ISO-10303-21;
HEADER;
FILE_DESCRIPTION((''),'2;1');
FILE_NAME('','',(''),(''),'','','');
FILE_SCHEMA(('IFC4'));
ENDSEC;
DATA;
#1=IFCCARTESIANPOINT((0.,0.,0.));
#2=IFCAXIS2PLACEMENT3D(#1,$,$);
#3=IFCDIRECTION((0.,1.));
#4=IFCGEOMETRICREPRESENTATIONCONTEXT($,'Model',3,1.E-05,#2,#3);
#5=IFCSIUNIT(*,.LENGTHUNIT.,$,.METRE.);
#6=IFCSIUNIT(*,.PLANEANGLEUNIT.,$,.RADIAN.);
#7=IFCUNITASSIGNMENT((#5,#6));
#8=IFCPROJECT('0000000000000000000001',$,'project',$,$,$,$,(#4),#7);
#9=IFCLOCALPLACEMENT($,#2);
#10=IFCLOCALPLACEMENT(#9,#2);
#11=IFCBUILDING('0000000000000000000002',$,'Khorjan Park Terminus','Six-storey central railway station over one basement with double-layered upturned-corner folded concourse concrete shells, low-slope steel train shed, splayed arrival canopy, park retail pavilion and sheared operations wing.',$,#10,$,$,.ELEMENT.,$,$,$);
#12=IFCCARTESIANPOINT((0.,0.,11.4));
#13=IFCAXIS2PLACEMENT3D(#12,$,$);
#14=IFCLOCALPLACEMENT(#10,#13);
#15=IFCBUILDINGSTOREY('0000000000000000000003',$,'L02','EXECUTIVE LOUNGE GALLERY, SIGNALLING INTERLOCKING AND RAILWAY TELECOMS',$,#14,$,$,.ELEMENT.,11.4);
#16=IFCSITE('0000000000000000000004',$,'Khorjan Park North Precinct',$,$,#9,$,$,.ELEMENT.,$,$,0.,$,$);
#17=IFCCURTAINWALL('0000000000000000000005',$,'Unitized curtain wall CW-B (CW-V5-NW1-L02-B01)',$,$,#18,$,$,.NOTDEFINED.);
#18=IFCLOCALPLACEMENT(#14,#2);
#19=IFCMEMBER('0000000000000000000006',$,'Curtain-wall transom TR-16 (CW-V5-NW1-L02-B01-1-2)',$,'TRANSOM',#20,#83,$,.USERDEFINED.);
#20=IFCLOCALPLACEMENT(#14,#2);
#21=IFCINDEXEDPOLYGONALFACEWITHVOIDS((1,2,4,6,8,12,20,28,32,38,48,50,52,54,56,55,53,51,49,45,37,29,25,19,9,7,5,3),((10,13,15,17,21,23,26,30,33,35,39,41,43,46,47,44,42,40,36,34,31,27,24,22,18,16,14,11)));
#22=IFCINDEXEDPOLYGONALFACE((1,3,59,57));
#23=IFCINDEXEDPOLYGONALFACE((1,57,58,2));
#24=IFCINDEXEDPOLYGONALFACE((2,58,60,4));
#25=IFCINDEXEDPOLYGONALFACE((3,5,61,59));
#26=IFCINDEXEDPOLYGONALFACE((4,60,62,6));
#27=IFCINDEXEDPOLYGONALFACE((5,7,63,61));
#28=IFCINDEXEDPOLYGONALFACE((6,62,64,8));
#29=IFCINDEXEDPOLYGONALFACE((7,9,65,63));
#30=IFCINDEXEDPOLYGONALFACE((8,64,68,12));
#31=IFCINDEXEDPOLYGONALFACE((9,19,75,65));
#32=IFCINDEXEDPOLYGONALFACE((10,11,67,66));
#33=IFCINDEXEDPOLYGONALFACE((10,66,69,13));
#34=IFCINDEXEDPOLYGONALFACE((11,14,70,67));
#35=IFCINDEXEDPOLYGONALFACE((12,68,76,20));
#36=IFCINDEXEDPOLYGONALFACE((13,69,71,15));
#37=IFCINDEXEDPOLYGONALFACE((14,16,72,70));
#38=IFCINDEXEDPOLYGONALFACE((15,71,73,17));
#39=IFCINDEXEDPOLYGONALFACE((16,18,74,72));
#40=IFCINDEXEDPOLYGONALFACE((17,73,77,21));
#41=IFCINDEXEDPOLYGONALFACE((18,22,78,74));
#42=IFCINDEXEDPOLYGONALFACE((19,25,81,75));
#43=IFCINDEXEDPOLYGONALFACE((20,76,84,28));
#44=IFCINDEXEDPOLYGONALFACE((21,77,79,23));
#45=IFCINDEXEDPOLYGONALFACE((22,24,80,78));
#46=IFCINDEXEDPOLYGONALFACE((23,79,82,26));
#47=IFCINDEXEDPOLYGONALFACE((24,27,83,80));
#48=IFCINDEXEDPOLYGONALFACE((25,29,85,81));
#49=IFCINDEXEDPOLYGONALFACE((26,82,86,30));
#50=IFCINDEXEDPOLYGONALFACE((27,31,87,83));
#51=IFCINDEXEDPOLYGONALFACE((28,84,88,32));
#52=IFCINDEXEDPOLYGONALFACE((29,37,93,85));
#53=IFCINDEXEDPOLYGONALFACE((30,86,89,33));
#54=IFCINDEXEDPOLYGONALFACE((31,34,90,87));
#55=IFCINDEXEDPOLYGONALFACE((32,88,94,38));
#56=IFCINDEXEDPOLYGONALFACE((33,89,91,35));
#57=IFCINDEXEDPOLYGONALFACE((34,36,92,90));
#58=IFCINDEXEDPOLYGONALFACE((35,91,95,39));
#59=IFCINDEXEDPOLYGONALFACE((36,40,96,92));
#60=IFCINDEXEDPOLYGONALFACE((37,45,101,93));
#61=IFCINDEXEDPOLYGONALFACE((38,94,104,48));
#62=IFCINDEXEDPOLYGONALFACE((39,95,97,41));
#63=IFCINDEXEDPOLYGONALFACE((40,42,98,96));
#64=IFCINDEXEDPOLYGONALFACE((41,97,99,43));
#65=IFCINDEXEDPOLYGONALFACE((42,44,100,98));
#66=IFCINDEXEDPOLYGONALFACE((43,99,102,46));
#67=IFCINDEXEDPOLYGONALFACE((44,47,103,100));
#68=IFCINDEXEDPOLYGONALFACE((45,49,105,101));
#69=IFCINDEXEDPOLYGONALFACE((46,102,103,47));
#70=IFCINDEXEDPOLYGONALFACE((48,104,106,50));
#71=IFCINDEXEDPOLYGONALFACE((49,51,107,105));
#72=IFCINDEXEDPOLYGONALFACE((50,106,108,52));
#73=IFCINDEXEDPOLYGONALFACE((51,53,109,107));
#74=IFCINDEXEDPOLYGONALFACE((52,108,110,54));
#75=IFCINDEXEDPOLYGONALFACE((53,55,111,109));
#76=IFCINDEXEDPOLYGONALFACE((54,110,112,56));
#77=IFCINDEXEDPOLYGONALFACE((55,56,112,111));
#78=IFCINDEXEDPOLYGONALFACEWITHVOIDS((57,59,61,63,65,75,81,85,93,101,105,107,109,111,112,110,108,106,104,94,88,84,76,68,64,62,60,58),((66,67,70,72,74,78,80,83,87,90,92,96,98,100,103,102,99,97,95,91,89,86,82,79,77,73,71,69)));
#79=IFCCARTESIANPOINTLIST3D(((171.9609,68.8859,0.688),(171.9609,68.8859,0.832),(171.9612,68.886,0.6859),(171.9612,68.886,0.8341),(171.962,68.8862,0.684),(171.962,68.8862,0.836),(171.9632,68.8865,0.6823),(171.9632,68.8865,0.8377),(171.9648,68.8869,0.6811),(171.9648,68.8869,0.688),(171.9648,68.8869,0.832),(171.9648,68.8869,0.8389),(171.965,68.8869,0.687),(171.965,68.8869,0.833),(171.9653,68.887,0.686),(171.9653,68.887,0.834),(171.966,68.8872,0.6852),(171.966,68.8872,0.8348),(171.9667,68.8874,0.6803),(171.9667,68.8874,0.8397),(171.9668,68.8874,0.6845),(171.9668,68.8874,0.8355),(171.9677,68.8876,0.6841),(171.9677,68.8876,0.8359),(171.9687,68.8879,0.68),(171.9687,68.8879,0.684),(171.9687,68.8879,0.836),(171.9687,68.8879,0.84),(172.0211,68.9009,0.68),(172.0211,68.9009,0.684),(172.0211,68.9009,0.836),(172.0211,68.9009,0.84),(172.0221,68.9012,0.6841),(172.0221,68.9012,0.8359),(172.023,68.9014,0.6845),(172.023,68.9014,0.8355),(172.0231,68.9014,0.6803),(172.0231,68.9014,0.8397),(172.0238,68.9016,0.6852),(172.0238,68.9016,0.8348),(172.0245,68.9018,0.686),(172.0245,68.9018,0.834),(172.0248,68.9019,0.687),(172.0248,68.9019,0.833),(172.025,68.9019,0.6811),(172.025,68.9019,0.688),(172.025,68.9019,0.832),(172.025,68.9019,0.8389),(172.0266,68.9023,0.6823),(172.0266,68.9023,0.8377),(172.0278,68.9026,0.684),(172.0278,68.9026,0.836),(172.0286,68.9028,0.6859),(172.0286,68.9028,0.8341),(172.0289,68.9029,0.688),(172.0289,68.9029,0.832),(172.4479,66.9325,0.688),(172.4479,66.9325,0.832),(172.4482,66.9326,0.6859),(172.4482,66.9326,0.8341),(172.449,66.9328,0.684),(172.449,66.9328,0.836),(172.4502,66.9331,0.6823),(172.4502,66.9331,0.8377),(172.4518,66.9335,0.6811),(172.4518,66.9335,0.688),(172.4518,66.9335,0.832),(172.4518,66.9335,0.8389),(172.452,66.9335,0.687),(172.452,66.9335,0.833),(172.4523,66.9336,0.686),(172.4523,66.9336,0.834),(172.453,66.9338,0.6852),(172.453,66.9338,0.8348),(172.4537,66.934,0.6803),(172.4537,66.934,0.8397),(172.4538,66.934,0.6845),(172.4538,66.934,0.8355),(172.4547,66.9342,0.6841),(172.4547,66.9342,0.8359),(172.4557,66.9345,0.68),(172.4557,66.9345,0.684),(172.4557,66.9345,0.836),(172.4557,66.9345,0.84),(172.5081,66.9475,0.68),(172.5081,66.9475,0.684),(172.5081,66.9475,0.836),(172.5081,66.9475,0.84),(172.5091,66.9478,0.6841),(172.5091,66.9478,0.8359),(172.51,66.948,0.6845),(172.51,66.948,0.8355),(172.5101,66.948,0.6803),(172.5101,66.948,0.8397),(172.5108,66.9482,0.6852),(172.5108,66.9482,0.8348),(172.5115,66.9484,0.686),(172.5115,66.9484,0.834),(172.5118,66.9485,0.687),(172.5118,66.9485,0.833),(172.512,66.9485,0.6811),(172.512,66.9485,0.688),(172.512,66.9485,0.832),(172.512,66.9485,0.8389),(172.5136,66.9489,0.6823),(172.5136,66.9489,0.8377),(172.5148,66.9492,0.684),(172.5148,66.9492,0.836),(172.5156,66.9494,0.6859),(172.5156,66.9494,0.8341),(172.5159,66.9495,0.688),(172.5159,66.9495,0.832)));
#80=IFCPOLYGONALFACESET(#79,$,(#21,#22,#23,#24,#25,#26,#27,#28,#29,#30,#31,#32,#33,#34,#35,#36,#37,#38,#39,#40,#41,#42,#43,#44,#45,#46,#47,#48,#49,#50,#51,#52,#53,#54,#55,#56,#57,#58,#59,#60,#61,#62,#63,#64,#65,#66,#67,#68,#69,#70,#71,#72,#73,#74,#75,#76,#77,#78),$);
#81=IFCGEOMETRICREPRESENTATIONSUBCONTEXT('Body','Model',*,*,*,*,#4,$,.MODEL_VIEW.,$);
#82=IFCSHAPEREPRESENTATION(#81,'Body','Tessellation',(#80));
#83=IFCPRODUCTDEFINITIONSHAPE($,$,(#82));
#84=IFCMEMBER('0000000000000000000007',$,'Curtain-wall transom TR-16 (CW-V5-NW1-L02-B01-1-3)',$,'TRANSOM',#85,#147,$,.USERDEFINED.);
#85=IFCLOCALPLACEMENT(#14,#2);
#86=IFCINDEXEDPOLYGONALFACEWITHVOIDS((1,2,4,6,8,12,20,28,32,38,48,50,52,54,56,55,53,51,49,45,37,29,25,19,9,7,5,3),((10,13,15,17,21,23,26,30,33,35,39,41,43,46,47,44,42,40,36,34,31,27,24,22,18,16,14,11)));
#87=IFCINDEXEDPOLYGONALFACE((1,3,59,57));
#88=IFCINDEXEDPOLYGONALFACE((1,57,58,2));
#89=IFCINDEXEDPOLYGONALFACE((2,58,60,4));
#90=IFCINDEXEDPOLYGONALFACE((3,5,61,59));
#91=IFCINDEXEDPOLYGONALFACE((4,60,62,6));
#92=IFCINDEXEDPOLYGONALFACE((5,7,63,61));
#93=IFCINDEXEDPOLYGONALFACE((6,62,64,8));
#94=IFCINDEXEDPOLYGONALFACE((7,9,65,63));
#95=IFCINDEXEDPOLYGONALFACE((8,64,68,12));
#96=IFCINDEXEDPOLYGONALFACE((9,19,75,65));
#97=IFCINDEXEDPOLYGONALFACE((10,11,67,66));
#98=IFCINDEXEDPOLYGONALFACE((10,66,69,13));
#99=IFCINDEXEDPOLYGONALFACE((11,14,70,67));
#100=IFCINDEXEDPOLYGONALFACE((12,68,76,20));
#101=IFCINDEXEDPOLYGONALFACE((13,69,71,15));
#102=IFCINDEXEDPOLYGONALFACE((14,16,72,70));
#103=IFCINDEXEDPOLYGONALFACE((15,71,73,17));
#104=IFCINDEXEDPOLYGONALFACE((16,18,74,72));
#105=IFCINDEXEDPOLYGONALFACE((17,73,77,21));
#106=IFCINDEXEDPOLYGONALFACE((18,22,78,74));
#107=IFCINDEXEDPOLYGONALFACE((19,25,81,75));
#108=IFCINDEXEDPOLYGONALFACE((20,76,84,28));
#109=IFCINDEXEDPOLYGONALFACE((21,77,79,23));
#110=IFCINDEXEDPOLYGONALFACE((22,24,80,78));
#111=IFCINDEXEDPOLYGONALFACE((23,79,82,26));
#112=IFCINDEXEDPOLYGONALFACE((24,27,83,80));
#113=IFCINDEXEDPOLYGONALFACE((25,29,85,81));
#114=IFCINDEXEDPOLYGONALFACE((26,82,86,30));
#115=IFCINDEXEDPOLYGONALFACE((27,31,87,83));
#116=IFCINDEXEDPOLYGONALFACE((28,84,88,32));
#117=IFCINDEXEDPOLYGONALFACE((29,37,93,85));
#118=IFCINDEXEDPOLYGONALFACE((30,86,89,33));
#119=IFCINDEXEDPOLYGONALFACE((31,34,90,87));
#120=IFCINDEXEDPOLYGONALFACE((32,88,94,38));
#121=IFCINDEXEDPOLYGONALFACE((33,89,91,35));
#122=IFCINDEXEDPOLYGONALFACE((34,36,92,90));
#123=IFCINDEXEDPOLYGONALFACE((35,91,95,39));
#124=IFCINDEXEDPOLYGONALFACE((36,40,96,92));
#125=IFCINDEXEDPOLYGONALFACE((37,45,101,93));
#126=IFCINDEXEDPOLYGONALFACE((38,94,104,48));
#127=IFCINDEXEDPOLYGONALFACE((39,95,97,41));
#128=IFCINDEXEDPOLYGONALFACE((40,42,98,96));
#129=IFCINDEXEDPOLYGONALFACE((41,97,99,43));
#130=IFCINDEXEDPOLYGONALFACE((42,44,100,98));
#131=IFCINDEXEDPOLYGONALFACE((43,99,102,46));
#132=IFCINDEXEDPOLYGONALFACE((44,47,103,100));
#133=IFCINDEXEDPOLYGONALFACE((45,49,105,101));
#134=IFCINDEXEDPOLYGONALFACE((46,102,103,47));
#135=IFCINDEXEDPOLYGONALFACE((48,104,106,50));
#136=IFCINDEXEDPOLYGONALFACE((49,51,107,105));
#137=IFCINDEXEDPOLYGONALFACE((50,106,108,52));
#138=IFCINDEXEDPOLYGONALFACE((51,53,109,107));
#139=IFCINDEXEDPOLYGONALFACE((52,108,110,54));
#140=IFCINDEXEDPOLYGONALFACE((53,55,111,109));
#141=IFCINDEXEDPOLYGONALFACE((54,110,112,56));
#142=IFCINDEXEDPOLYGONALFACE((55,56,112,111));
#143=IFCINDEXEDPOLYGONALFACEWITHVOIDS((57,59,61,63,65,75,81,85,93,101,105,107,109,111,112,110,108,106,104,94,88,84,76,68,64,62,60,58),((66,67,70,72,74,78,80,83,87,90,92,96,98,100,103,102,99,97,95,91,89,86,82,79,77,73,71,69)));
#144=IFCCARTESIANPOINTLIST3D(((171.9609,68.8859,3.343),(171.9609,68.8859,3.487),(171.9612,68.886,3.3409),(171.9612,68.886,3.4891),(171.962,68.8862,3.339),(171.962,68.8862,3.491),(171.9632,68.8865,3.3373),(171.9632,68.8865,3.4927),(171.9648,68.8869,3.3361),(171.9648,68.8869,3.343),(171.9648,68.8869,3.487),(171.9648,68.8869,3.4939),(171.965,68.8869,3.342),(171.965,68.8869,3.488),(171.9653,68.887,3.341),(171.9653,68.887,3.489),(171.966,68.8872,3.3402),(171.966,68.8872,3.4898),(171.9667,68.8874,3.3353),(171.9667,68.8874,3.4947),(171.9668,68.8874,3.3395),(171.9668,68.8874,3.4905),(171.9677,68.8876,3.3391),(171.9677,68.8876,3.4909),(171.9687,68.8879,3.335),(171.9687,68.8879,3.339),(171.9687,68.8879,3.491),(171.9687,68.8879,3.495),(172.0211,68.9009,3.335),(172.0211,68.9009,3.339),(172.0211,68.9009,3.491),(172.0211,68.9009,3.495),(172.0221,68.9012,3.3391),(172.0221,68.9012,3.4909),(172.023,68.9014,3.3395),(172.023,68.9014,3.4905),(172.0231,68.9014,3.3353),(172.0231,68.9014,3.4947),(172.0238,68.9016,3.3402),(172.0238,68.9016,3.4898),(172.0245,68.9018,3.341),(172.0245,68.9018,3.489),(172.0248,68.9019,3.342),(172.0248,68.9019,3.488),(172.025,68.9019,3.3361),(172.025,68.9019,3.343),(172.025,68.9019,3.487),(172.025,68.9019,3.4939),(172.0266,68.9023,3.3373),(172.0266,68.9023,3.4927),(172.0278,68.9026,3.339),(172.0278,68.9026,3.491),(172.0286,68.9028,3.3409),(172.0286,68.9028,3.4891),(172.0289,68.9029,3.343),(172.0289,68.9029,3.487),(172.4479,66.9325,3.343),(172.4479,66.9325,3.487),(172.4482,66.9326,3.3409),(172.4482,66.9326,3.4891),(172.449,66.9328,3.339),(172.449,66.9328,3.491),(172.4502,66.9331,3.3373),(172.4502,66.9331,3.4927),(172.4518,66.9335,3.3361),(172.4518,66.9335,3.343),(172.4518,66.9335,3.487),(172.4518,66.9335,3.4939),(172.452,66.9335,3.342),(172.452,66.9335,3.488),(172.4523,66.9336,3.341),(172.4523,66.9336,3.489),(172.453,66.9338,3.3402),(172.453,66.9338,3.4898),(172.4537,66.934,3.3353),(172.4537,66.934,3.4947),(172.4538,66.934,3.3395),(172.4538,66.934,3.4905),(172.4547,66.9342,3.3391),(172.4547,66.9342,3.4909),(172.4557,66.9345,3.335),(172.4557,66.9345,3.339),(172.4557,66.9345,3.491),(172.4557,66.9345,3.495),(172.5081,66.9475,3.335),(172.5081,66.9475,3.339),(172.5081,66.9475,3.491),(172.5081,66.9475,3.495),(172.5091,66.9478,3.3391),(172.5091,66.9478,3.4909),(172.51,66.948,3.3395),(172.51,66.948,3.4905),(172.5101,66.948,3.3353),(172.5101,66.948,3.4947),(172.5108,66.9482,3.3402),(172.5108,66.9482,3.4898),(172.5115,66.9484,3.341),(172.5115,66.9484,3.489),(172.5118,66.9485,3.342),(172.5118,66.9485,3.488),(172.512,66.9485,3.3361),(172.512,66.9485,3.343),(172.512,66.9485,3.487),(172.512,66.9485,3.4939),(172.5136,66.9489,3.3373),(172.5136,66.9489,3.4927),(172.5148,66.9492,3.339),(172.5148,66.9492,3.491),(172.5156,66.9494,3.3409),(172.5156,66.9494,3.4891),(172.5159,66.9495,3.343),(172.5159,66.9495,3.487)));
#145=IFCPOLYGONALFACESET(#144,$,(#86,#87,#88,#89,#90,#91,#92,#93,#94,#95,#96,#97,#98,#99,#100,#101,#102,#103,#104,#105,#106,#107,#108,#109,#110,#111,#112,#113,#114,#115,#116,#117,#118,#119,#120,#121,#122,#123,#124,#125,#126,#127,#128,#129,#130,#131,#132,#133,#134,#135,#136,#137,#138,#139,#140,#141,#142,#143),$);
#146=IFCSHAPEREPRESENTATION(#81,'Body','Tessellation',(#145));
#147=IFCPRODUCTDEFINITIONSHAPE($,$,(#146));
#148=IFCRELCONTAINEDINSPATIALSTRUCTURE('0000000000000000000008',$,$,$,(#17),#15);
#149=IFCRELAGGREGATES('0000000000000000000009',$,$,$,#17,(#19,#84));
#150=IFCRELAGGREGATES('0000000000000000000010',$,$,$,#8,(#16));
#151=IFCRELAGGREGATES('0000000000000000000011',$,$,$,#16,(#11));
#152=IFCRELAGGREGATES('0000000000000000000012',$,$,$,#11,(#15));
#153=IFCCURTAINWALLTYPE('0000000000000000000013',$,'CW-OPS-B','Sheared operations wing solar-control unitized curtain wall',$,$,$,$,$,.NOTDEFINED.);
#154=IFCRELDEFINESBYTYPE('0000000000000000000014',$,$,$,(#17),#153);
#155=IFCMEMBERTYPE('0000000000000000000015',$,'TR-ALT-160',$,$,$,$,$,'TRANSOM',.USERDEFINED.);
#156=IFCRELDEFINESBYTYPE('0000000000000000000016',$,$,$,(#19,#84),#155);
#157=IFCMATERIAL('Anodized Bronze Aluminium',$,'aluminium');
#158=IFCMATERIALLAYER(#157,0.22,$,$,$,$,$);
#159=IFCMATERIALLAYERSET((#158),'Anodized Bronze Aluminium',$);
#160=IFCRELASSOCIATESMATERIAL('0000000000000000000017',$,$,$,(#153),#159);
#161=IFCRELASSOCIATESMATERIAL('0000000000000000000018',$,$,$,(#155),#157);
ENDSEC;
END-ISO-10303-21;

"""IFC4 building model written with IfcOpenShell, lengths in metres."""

from ifc_helpers import new_model, si_unit, direction, frame, origin, origin_2d, place, context, subcontext, project, spatial, hollow_rectangle, extrude, material, layer, layer_set, material_profile, profile_set, type_object, element, aggregate, save


model = new_model("IFC4")

# Units and contexts
model_context = context("Model", 3, precision=1e-05, world=origin(), true_north=direction((0.0, 1.0)))
body_context = subcontext(model_context, "Body", "Model", "MODEL_VIEW")
ifc_project = project(units=[si_unit("LENGTHUNIT", "METRE"), si_unit("PLANEANGLEUNIT", "RADIAN")], contexts=[model_context])

# Site, building, storey
site_placement = place(None, origin())
site = spatial("IfcSite", under=ifc_project, at=site_placement, Name="Khorjan Park North Precinct", CompositionType="ELEMENT", RefElevation=0.0)
building_placement = place(site_placement, origin())
building = spatial("IfcBuilding", under=site, at=building_placement, Name="Khorjan Park Terminus", Description="Six-storey central railway station over one basement with double-layered upturned-corner folded concourse concrete shells, low-slope steel train shed, splayed arrival canopy, park retail pavilion and sheared operations wing.", CompositionType="ELEMENT")
storey_placement = place(building_placement, frame((0.0, 0.0, 11.4)))
storey = spatial("IfcBuildingStorey", under=building, at=storey_placement, Name="L02", Description="EXECUTIVE LOUNGE GALLERY, SIGNALLING INTERLOCKING AND RAILWAY TELECOMS", CompositionType="ELEMENT", Elevation=11.4)

# Curtain wall, members
ifc_material_1 = material(Name="Anodized Bronze Aluminium", Category="aluminium")
ifc_layer_1 = layer(ifc_material_1, 0.22)
ifc_layer_set_1 = layer_set([ifc_layer_1], Name="Anodized Bronze Aluminium")
curtain_wall_type = type_object("IfcCurtainWallType", Name="CW-OPS-B", Description="Sheared operations wing solar-control unitized curtain wall", PredefinedType="NOTDEFINED", material=ifc_layer_set_1)
curtain_wall_placement = place(storey_placement, origin())
curtain_wall = element("IfcCurtainWall", 1, at=curtain_wall_placement, inside=storey, type_object=curtain_wall_type, Name="Unitized curtain wall CW-B (CW-V5-NW1-L02-B01)", PredefinedType="NOTDEFINED")
ifc_material_profile_1 = material_profile(ifc_material_1, hollow_rectangle(XDim=0.07, YDim=0.16, WallThickness=0.004, InnerFilletRadius=0.004, OuterFilletRadius=0.008, at=origin_2d()), Name="ALT 70x160x4")
ifc_profile_set_1 = profile_set([ifc_material_profile_1], Name="Anodized Bronze Aluminium")
member_type_1 = type_object("IfcMemberType", Name="TR-ALT-160", ElementType="TRANSOM", PredefinedType="USERDEFINED", material=ifc_profile_set_1)
member_1_placement = place(storey_placement, frame((171.9949, 68.8944, 0.76), z_axis=(0.241904, -0.9703, 0.0), x_axis=(0.9703, 0.241904, 0.0)))
member_1 = element("IfcMember", 2, at=member_1_placement, type_object=member_type_1, Name="Curtain-wall transom TR-16 (CW-V5-NW1-L02-B01-1-2)", ObjectType="TRANSOM", PredefinedType="USERDEFINED", context=body_context, shape_type="SweptSolid", body=[
    extrude(hollow_rectangle(XDim=0.07, YDim=0.16, WallThickness=0.004, InnerFilletRadius=0.004, OuterFilletRadius=0.008, at=origin_2d()), origin(), (0.0, 0.0, 1.0), 2.0132),
])
member_2_placement = place(storey_placement, frame((171.9949, 68.8944, 3.415), z_axis=(0.241904, -0.9703, 0.0), x_axis=(0.9703, 0.241904, 0.0)))
member_2 = element("IfcMember", 3, at=member_2_placement, type_object=member_type_1, Name="Curtain-wall transom TR-16 (CW-V5-NW1-L02-B01-1-3)", ObjectType="TRANSOM", PredefinedType="USERDEFINED", context=body_context, shape_type="SweptSolid", body=[
    extrude(hollow_rectangle(XDim=0.07, YDim=0.16, WallThickness=0.004, InnerFilletRadius=0.004, OuterFilletRadius=0.008, at=origin_2d()), origin(), (0.0, 0.0, 1.0), 2.0132),
])
aggregate(curtain_wall, [member_1, member_2])

save(model, "model.ifc")
